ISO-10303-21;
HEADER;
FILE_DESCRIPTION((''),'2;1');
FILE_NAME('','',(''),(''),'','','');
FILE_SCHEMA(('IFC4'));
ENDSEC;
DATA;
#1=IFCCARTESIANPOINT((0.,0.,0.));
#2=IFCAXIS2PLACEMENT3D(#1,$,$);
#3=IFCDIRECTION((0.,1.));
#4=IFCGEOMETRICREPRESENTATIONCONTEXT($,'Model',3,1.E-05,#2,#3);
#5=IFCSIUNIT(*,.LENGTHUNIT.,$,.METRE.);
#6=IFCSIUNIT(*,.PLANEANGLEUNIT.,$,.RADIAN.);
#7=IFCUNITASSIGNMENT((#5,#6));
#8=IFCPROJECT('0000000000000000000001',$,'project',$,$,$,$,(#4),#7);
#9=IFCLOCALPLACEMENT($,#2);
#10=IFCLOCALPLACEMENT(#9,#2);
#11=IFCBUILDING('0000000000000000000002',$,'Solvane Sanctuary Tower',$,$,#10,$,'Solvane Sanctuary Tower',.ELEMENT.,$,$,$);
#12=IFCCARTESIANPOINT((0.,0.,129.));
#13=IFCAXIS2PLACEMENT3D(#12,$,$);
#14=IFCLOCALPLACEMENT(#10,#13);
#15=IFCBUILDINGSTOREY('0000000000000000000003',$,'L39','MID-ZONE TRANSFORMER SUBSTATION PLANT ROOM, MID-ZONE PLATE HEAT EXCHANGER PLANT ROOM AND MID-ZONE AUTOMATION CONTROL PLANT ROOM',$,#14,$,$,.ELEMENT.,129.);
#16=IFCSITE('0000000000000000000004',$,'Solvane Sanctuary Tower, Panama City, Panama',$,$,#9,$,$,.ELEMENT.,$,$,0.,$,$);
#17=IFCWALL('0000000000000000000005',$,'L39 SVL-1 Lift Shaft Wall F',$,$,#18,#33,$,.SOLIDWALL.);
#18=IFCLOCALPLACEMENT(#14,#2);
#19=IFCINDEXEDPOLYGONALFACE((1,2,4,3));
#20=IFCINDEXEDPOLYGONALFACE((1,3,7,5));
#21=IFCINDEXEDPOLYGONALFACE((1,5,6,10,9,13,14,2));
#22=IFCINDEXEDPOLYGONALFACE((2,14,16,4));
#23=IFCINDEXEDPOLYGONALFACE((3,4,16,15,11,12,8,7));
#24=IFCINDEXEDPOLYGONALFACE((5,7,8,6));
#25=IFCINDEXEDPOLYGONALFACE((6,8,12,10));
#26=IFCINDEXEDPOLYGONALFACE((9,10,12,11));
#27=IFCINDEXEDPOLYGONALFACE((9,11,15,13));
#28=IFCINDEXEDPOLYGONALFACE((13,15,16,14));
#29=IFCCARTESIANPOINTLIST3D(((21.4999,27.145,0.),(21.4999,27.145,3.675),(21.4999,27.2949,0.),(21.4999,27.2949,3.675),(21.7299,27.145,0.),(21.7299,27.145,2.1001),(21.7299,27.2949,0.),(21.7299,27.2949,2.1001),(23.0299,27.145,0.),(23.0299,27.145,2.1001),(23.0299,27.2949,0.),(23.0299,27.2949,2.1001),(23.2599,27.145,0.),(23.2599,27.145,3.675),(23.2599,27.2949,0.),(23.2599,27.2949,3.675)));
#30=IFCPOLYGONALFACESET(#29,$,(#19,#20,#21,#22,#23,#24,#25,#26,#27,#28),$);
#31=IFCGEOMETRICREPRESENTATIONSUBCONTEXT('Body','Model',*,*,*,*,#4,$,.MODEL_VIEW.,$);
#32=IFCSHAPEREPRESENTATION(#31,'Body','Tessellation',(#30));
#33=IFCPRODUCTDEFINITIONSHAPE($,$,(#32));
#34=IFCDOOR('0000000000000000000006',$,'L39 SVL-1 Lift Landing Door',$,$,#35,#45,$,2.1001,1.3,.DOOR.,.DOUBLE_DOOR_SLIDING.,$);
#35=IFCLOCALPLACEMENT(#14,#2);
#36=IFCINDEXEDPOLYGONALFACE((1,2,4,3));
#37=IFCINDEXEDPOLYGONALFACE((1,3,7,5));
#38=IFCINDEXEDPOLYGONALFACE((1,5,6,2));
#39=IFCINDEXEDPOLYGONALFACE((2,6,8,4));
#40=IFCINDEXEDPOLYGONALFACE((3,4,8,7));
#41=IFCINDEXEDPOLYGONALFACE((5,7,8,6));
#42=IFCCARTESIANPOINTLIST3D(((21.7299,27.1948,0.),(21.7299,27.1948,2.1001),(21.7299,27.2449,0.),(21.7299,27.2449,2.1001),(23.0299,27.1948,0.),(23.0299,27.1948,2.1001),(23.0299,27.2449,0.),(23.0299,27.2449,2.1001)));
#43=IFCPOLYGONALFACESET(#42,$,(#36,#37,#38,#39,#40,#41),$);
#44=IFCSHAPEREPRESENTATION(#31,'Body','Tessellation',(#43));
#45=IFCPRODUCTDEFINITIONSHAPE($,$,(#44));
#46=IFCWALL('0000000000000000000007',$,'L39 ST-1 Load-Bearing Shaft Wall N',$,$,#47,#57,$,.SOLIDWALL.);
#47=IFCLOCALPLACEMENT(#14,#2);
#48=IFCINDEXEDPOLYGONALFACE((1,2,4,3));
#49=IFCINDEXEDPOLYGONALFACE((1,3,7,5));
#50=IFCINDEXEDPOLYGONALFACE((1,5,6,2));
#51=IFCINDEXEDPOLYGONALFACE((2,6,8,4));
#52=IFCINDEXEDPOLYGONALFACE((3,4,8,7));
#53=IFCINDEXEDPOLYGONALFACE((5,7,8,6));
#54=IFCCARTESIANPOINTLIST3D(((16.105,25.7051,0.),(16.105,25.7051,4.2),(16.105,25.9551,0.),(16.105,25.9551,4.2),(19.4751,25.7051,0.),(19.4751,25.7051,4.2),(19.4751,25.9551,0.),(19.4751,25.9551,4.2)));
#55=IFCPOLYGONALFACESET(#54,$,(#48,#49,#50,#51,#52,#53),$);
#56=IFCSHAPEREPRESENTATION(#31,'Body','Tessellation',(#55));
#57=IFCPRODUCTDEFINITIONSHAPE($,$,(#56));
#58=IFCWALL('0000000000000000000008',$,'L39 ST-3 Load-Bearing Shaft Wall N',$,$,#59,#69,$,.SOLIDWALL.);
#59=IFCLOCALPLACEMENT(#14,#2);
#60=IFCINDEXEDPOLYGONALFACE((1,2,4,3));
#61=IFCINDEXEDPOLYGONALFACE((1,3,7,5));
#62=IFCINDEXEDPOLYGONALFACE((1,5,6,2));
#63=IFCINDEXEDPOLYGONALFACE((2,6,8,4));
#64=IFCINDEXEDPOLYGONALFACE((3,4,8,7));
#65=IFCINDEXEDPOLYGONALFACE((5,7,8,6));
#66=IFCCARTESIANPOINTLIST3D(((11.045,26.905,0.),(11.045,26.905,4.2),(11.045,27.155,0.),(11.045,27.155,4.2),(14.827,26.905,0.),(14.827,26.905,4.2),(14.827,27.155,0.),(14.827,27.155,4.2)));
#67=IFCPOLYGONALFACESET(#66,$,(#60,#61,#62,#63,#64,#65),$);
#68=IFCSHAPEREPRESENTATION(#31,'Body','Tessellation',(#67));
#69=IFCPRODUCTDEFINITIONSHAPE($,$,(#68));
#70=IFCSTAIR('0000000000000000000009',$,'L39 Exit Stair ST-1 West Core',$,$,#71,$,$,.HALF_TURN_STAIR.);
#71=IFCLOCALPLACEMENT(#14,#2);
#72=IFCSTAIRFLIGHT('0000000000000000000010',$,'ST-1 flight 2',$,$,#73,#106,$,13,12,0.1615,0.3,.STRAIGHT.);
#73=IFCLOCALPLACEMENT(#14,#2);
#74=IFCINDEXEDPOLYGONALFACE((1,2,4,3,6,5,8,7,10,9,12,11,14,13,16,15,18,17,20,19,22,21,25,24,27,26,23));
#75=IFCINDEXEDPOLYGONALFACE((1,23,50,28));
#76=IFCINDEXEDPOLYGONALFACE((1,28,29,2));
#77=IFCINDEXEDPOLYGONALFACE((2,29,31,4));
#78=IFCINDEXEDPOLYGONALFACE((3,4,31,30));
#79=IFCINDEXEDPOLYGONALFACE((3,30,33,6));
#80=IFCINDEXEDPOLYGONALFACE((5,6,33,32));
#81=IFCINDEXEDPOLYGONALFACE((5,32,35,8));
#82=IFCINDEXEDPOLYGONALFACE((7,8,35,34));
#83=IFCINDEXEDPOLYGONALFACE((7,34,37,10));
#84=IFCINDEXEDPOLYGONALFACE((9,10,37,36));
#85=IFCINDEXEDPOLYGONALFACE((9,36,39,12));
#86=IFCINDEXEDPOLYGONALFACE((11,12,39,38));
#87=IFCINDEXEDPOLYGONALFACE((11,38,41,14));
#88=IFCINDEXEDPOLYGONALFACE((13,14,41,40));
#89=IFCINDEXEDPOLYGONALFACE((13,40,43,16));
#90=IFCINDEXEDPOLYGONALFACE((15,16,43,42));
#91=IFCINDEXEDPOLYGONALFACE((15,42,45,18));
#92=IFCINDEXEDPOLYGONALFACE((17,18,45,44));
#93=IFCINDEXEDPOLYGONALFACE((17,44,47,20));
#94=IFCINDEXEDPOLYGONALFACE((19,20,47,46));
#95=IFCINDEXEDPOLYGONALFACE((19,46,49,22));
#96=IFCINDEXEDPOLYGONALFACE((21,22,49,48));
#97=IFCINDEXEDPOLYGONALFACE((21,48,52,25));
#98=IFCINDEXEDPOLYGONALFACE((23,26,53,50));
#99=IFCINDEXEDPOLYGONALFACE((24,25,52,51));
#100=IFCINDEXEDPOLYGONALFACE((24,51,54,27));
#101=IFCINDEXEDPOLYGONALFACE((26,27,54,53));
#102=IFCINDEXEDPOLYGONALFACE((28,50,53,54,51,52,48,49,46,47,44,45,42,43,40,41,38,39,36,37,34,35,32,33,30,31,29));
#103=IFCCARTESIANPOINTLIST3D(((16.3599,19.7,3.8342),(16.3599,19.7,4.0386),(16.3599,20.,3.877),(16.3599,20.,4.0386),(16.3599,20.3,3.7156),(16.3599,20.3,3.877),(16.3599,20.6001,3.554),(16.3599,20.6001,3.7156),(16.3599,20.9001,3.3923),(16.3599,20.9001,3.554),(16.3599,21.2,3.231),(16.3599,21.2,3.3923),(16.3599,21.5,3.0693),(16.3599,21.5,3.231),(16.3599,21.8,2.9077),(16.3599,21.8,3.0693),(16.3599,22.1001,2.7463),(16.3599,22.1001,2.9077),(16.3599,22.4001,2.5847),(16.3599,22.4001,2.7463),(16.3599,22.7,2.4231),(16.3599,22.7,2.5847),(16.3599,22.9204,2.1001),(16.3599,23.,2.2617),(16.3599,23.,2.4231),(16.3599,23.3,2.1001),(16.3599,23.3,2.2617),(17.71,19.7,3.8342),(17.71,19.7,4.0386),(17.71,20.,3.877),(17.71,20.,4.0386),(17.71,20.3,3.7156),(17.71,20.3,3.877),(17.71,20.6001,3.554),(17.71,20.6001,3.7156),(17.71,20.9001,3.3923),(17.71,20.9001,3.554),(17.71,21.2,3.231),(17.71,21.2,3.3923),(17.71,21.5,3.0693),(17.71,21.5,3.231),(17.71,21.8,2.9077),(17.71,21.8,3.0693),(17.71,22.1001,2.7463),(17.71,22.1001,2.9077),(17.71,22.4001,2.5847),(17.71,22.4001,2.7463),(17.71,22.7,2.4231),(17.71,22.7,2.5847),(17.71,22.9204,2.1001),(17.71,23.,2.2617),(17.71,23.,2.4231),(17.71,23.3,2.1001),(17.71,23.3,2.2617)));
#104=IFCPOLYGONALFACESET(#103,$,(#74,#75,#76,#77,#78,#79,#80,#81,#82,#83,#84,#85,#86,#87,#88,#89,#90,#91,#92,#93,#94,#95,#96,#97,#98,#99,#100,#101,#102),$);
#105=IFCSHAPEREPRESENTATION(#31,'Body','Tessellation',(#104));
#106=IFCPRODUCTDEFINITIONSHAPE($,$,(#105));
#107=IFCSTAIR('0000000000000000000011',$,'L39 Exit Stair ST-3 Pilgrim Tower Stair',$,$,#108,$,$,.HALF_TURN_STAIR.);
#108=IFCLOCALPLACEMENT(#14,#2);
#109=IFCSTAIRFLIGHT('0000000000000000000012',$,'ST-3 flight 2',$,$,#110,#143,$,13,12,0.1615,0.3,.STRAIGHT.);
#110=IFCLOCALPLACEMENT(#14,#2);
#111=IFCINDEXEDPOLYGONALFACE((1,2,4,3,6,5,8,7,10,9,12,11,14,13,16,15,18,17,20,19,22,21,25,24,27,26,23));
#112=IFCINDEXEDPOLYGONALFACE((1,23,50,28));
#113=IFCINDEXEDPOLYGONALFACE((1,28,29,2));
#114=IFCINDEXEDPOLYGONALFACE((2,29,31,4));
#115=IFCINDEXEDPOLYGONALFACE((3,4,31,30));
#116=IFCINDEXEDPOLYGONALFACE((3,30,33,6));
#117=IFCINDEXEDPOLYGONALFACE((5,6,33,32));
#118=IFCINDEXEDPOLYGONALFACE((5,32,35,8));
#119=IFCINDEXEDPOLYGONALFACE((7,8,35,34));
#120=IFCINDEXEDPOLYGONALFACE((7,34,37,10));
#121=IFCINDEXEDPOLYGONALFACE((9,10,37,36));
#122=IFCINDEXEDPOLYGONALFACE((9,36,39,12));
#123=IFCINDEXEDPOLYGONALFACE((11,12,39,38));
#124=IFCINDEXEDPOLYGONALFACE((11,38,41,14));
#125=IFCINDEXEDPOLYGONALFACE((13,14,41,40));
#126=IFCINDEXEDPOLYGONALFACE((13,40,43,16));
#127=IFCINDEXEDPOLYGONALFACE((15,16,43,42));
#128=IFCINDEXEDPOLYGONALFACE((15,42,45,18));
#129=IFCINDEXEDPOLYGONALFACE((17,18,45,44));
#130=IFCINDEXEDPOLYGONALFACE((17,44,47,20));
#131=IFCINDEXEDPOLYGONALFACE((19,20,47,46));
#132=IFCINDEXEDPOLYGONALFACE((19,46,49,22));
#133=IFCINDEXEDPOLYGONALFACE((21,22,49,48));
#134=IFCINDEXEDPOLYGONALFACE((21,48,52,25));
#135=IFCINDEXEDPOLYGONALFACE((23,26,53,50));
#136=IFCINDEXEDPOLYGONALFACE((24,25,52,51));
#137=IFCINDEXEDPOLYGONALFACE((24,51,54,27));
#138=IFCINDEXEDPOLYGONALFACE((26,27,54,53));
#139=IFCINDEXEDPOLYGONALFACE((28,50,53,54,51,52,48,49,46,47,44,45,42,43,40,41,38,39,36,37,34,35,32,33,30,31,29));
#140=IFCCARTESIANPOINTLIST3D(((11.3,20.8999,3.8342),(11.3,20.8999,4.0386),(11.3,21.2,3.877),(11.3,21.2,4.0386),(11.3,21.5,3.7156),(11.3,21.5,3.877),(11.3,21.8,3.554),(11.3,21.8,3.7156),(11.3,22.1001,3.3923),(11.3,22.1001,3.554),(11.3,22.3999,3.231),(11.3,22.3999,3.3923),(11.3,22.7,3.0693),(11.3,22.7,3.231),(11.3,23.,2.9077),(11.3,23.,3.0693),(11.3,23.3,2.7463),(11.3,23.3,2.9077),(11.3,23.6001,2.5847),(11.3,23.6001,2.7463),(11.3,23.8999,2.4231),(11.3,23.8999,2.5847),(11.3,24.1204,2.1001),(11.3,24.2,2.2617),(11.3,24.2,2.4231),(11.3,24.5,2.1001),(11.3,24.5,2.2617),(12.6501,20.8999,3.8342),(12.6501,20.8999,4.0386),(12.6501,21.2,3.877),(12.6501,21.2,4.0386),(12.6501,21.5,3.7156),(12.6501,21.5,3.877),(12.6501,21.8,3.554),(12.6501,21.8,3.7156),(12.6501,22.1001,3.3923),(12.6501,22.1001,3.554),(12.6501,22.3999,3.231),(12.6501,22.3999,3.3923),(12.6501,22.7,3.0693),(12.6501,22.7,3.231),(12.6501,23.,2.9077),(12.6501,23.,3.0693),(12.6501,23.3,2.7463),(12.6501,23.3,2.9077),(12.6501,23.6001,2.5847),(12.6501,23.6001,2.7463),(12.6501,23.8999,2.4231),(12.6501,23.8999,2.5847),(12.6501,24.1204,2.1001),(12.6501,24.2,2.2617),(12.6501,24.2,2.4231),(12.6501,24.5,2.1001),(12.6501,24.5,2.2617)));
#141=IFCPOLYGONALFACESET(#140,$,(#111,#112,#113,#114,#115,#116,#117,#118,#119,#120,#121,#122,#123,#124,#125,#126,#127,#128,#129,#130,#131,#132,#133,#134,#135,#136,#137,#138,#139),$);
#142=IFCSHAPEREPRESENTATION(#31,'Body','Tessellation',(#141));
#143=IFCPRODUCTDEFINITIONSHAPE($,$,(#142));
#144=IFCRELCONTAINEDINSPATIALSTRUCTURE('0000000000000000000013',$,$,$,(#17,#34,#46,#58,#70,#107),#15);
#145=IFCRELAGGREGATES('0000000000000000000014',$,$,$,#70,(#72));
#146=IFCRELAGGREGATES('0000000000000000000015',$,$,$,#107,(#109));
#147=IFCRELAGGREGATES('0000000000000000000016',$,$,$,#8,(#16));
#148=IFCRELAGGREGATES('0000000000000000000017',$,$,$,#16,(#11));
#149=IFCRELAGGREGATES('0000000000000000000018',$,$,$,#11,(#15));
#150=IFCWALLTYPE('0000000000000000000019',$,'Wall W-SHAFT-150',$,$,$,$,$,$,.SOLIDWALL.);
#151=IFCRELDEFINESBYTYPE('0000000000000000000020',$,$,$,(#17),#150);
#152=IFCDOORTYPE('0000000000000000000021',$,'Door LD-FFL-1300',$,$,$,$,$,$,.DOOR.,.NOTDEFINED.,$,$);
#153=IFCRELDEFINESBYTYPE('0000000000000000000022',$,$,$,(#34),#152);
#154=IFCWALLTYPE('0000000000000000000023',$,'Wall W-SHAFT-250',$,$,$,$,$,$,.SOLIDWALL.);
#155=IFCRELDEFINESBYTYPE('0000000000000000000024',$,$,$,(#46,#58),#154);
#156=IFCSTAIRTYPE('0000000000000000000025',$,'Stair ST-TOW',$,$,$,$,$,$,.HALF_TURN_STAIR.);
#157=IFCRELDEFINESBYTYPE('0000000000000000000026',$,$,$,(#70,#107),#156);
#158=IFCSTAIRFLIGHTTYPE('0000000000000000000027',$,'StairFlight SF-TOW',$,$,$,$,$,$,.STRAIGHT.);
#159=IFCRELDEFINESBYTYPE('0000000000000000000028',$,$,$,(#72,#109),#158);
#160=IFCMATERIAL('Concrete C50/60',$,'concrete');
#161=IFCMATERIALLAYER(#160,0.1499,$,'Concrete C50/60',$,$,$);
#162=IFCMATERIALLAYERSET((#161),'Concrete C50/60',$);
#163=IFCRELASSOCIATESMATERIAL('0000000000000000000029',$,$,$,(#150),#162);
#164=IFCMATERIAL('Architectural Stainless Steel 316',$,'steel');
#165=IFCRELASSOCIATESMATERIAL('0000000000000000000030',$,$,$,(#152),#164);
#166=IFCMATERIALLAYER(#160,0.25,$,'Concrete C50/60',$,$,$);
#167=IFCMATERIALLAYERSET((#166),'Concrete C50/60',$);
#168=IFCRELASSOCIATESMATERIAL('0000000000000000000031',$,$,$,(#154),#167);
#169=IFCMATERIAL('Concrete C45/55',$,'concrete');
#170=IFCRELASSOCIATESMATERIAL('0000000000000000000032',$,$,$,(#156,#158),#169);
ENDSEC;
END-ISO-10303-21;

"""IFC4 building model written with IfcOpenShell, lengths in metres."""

from ifc_helpers import new_model, si_unit, direction, frame, frame_2d, origin, place, context, subcontext, project, spatial, polyline, rectangle, outline, extrude, material, layer, layer_set, type_object, element, fill, aggregate, save


model = new_model("IFC4")

# Units and contexts
model_context = context("Model", 3, precision=1e-05, world=origin(), true_north=direction((0.0, 1.0)))
body_context = subcontext(model_context, "Body", "Model", "MODEL_VIEW")
ifc_project = project(units=[si_unit("LENGTHUNIT", "METRE"), si_unit("PLANEANGLEUNIT", "RADIAN")], contexts=[model_context])

# Site, building, storey
site_placement = place(None, origin())
site = spatial("IfcSite", under=ifc_project, at=site_placement, Name="Solvane Sanctuary Tower, Panama City, Panama", CompositionType="ELEMENT", RefElevation=0.0)
building_placement = place(site_placement, origin())
building = spatial("IfcBuilding", under=site, at=building_placement, Name="Solvane Sanctuary Tower", LongName="Solvane Sanctuary Tower", CompositionType="ELEMENT")
storey_placement = place(building_placement, frame((0.0, 0.0, 129.0)))
storey = spatial("IfcBuildingStorey", under=building, at=storey_placement, Name="L39", Description="MID-ZONE TRANSFORMER SUBSTATION PLANT ROOM, MID-ZONE PLATE HEAT EXCHANGER PLANT ROOM AND MID-ZONE AUTOMATION CONTROL PLANT ROOM", CompositionType="ELEMENT", Elevation=129.0)

# Shared definitions
ifc_material_1 = material(Name="Concrete C50/60", Category="concrete")
ifc_layer_1 = layer(ifc_material_1, 0.1499, Name="Concrete C50/60")
ifc_layer_set_1 = layer_set([ifc_layer_1], Name="Concrete C50/60")
wall_type_1 = type_object("IfcWallType", Name="Wall W-SHAFT-150", PredefinedType="SOLIDWALL", material=ifc_layer_set_1)
ifc_material_2 = material(Name="Architectural Stainless Steel 316", Category="steel")

# Shared definitions
door_type_1 = type_object("IfcDoorType", Name="Door LD-FFL-1300", OperationType="NOTDEFINED", PredefinedType="DOOR", material=ifc_material_2)

# Wall, opening, door
wall_1_placement = place(storey_placement, frame((21.5, 27.22, 0.0), z_axis=(0.0, 0.0, 1.0), x_axis=(1.0, 0.0, 0.0)))
wall_1 = element("IfcWall", 1, at=wall_1_placement, inside=storey, type_object=wall_type_1, Name="L39 SVL-1 Lift Shaft Wall F", PredefinedType="SOLIDWALL", context=body_context, shape_type="SweptSolid", body=[
    extrude(rectangle(XDim=1.76, YDim=0.1499, at=frame_2d((0.8799, 0.0))), origin(), (0.0, 0.0, 1.0), 3.675),
])
opening_1_placement = place(wall_1_placement, frame((0.23, 0.0, 0.0)))
opening_1 = element("IfcOpeningElement", 2, at=opening_1_placement, cuts=wall_1, PredefinedType="OPENING", context=body_context, shape_type="SweptSolid", body=[
    extrude(rectangle(XDim=1.3, YDim=2.1001, at=frame_2d((0.6499, 1.05))), frame((0.0, 0.085, 0.0), z_axis=(0.0, -1.0, 0.0), x_axis=(1.0, 0.0, 0.0)), (0.0, 0.0, 1.0), 0.1699),
])
door_1_placement = place(opening_1_placement, origin())
door_1 = element("IfcDoor", 3, at=door_1_placement, inside=storey, type_object=door_type_1, Name="L39 SVL-1 Lift Landing Door", OperationType="DOUBLE_DOOR_SLIDING", OverallHeight=2.1001, OverallWidth=1.3, PredefinedType="DOOR", context=body_context, shape_type="SweptSolid", body=[
    extrude(rectangle(XDim=1.3, YDim=2.1001, at=frame_2d((0.6499, 1.05))), frame((0.0, 0.0249, 0.0), z_axis=(0.0, -1.0, 0.0), x_axis=(1.0, 0.0, 0.0)), (0.0, 0.0, 1.0), 0.05),
])
fill(opening_1, door_1)

# Walls
ifc_layer_2 = layer(ifc_material_1, 0.25, Name="Concrete C50/60")
ifc_layer_set_2 = layer_set([ifc_layer_2], Name="Concrete C50/60")
wall_type_2 = type_object("IfcWallType", Name="Wall W-SHAFT-250", PredefinedType="SOLIDWALL", material=ifc_layer_set_2)
wall_2_placement = place(storey_placement, frame((16.105, 25.8301, 0.0), z_axis=(0.0, 0.0, 1.0), x_axis=(1.0, 0.0, 0.0)))
element("IfcWall", 4, at=wall_2_placement, inside=storey, type_object=wall_type_2, Name="L39 ST-1 Load-Bearing Shaft Wall N", PredefinedType="SOLIDWALL", context=body_context, shape_type="SweptSolid", body=[
    extrude(rectangle(XDim=3.3701, YDim=0.25, at=frame_2d((1.6851, 0.0))), origin(), (0.0, 0.0, 1.0), 4.2),
])
wall_3_placement = place(storey_placement, frame((11.0449, 27.03, 0.0), z_axis=(0.0, 0.0, 1.0), x_axis=(1.0, 0.0, 0.0)))
element("IfcWall", 5, at=wall_3_placement, inside=storey, type_object=wall_type_2, Name="L39 ST-3 Load-Bearing Shaft Wall N", PredefinedType="SOLIDWALL", context=body_context, shape_type="SweptSolid", body=[
    extrude(rectangle(XDim=3.782, YDim=0.25, at=frame_2d((1.8911, 0.0))), origin(), (0.0, 0.0, 1.0), 4.2),
])

# Stairs, stair flights
ifc_material_3 = material(Name="Concrete C45/55", Category="concrete")
stair_type = type_object("IfcStairType", Name="Stair ST-TOW", PredefinedType="HALF_TURN_STAIR", material=ifc_material_3)
stair_1_placement = place(storey_placement, origin())
stair_1 = element("IfcStair", 6, at=stair_1_placement, inside=storey, type_object=stair_type, Name="L39 Exit Stair ST-1 West Core", PredefinedType="HALF_TURN_STAIR")
stair_flight_type = type_object("IfcStairFlightType", Name="StairFlight SF-TOW", PredefinedType="STRAIGHT", material=ifc_material_3)
stair_flight_1_placement = place(storey_placement, frame((17.0349, 23.3, 2.1001), z_axis=(0.0, 0.0, 1.0), x_axis=(0.0, -1.0, 0.0)))
stair_flight_1 = element("IfcStairFlight", 7, at=stair_flight_1_placement, type_object=stair_flight_type, Name="ST-1 flight 2", NumberOfRisers=13, NumberOfTreads=12, PredefinedType="STRAIGHT", RiserHeight=0.1615, TreadLength=0.3, context=body_context, shape_type="SweptSolid", body=[
    extrude(outline(polyline([(0.0, 0.0), (0.0, 0.1616), (0.3, 0.1616), (0.3, 0.323), (0.6001, 0.323), (0.6001, 0.4846), (0.8999, 0.4846), (0.8999, 0.6462), (1.2, 0.6462), (1.2, 0.8076), (1.5, 0.8076), (1.5, 0.9692), (1.8, 0.9692), (1.8, 1.1309), (2.1001, 1.1309), (2.1001, 1.2922), (2.3999, 1.2922), (2.3999, 1.4539), (2.7, 1.4539), (2.7, 1.6155), (3.0, 1.6155), (3.0, 1.7769), (3.3, 1.7769), (3.3, 1.9385), (3.6001, 1.9385), (3.6001, 2.1001), (3.6001, 1.7341), (0.3796, 0.0), (0.0, 0.0)])), frame((0.0, 0.675, 0.0), z_axis=(0.0, -1.0, 0.0), x_axis=(1.0, 0.0, 0.0)), (0.0, 0.0, 1.0), 1.3501),
])
aggregate(stair_1, [stair_flight_1])
stair_2_placement = place(storey_placement, origin())
stair_2 = element("IfcStair", 8, at=stair_2_placement, inside=storey, type_object=stair_type, Name="L39 Exit Stair ST-3 Pilgrim Tower Stair", PredefinedType="HALF_TURN_STAIR")
stair_flight_2_placement = place(storey_placement, frame((11.9751, 24.5, 2.1001), z_axis=(0.0, 0.0, 1.0), x_axis=(0.0, -1.0, 0.0)))
stair_flight_2 = element("IfcStairFlight", 9, at=stair_flight_2_placement, type_object=stair_flight_type, Name="ST-3 flight 2", NumberOfRisers=13, NumberOfTreads=12, PredefinedType="STRAIGHT", RiserHeight=0.1615, TreadLength=0.3, context=body_context, shape_type="SweptSolid", body=[
    extrude(outline(polyline([(0.0, 0.0), (0.0, 0.1616), (0.3, 0.1616), (0.3, 0.323), (0.6001, 0.323), (0.6001, 0.4846), (0.8999, 0.4846), (0.8999, 0.6462), (1.2, 0.6462), (1.2, 0.8076), (1.5, 0.8076), (1.5, 0.9692), (1.8, 0.9692), (1.8, 1.1309), (2.1001, 1.1309), (2.1001, 1.2922), (2.3999, 1.2922), (2.3999, 1.4539), (2.7, 1.4539), (2.7, 1.6155), (3.0, 1.6155), (3.0, 1.7769), (3.3, 1.7769), (3.3, 1.9385), (3.6001, 1.9385), (3.6001, 2.1001), (3.6001, 1.7341), (0.3796, 0.0), (0.0, 0.0)])), frame((0.0, 0.675, 0.0), z_axis=(0.0, -1.0, 0.0), x_axis=(1.0, 0.0, 0.0)), (0.0, 0.0, 1.0), 1.3501),
])
aggregate(stair_2, [stair_flight_2])

save(model, "model.ifc")
